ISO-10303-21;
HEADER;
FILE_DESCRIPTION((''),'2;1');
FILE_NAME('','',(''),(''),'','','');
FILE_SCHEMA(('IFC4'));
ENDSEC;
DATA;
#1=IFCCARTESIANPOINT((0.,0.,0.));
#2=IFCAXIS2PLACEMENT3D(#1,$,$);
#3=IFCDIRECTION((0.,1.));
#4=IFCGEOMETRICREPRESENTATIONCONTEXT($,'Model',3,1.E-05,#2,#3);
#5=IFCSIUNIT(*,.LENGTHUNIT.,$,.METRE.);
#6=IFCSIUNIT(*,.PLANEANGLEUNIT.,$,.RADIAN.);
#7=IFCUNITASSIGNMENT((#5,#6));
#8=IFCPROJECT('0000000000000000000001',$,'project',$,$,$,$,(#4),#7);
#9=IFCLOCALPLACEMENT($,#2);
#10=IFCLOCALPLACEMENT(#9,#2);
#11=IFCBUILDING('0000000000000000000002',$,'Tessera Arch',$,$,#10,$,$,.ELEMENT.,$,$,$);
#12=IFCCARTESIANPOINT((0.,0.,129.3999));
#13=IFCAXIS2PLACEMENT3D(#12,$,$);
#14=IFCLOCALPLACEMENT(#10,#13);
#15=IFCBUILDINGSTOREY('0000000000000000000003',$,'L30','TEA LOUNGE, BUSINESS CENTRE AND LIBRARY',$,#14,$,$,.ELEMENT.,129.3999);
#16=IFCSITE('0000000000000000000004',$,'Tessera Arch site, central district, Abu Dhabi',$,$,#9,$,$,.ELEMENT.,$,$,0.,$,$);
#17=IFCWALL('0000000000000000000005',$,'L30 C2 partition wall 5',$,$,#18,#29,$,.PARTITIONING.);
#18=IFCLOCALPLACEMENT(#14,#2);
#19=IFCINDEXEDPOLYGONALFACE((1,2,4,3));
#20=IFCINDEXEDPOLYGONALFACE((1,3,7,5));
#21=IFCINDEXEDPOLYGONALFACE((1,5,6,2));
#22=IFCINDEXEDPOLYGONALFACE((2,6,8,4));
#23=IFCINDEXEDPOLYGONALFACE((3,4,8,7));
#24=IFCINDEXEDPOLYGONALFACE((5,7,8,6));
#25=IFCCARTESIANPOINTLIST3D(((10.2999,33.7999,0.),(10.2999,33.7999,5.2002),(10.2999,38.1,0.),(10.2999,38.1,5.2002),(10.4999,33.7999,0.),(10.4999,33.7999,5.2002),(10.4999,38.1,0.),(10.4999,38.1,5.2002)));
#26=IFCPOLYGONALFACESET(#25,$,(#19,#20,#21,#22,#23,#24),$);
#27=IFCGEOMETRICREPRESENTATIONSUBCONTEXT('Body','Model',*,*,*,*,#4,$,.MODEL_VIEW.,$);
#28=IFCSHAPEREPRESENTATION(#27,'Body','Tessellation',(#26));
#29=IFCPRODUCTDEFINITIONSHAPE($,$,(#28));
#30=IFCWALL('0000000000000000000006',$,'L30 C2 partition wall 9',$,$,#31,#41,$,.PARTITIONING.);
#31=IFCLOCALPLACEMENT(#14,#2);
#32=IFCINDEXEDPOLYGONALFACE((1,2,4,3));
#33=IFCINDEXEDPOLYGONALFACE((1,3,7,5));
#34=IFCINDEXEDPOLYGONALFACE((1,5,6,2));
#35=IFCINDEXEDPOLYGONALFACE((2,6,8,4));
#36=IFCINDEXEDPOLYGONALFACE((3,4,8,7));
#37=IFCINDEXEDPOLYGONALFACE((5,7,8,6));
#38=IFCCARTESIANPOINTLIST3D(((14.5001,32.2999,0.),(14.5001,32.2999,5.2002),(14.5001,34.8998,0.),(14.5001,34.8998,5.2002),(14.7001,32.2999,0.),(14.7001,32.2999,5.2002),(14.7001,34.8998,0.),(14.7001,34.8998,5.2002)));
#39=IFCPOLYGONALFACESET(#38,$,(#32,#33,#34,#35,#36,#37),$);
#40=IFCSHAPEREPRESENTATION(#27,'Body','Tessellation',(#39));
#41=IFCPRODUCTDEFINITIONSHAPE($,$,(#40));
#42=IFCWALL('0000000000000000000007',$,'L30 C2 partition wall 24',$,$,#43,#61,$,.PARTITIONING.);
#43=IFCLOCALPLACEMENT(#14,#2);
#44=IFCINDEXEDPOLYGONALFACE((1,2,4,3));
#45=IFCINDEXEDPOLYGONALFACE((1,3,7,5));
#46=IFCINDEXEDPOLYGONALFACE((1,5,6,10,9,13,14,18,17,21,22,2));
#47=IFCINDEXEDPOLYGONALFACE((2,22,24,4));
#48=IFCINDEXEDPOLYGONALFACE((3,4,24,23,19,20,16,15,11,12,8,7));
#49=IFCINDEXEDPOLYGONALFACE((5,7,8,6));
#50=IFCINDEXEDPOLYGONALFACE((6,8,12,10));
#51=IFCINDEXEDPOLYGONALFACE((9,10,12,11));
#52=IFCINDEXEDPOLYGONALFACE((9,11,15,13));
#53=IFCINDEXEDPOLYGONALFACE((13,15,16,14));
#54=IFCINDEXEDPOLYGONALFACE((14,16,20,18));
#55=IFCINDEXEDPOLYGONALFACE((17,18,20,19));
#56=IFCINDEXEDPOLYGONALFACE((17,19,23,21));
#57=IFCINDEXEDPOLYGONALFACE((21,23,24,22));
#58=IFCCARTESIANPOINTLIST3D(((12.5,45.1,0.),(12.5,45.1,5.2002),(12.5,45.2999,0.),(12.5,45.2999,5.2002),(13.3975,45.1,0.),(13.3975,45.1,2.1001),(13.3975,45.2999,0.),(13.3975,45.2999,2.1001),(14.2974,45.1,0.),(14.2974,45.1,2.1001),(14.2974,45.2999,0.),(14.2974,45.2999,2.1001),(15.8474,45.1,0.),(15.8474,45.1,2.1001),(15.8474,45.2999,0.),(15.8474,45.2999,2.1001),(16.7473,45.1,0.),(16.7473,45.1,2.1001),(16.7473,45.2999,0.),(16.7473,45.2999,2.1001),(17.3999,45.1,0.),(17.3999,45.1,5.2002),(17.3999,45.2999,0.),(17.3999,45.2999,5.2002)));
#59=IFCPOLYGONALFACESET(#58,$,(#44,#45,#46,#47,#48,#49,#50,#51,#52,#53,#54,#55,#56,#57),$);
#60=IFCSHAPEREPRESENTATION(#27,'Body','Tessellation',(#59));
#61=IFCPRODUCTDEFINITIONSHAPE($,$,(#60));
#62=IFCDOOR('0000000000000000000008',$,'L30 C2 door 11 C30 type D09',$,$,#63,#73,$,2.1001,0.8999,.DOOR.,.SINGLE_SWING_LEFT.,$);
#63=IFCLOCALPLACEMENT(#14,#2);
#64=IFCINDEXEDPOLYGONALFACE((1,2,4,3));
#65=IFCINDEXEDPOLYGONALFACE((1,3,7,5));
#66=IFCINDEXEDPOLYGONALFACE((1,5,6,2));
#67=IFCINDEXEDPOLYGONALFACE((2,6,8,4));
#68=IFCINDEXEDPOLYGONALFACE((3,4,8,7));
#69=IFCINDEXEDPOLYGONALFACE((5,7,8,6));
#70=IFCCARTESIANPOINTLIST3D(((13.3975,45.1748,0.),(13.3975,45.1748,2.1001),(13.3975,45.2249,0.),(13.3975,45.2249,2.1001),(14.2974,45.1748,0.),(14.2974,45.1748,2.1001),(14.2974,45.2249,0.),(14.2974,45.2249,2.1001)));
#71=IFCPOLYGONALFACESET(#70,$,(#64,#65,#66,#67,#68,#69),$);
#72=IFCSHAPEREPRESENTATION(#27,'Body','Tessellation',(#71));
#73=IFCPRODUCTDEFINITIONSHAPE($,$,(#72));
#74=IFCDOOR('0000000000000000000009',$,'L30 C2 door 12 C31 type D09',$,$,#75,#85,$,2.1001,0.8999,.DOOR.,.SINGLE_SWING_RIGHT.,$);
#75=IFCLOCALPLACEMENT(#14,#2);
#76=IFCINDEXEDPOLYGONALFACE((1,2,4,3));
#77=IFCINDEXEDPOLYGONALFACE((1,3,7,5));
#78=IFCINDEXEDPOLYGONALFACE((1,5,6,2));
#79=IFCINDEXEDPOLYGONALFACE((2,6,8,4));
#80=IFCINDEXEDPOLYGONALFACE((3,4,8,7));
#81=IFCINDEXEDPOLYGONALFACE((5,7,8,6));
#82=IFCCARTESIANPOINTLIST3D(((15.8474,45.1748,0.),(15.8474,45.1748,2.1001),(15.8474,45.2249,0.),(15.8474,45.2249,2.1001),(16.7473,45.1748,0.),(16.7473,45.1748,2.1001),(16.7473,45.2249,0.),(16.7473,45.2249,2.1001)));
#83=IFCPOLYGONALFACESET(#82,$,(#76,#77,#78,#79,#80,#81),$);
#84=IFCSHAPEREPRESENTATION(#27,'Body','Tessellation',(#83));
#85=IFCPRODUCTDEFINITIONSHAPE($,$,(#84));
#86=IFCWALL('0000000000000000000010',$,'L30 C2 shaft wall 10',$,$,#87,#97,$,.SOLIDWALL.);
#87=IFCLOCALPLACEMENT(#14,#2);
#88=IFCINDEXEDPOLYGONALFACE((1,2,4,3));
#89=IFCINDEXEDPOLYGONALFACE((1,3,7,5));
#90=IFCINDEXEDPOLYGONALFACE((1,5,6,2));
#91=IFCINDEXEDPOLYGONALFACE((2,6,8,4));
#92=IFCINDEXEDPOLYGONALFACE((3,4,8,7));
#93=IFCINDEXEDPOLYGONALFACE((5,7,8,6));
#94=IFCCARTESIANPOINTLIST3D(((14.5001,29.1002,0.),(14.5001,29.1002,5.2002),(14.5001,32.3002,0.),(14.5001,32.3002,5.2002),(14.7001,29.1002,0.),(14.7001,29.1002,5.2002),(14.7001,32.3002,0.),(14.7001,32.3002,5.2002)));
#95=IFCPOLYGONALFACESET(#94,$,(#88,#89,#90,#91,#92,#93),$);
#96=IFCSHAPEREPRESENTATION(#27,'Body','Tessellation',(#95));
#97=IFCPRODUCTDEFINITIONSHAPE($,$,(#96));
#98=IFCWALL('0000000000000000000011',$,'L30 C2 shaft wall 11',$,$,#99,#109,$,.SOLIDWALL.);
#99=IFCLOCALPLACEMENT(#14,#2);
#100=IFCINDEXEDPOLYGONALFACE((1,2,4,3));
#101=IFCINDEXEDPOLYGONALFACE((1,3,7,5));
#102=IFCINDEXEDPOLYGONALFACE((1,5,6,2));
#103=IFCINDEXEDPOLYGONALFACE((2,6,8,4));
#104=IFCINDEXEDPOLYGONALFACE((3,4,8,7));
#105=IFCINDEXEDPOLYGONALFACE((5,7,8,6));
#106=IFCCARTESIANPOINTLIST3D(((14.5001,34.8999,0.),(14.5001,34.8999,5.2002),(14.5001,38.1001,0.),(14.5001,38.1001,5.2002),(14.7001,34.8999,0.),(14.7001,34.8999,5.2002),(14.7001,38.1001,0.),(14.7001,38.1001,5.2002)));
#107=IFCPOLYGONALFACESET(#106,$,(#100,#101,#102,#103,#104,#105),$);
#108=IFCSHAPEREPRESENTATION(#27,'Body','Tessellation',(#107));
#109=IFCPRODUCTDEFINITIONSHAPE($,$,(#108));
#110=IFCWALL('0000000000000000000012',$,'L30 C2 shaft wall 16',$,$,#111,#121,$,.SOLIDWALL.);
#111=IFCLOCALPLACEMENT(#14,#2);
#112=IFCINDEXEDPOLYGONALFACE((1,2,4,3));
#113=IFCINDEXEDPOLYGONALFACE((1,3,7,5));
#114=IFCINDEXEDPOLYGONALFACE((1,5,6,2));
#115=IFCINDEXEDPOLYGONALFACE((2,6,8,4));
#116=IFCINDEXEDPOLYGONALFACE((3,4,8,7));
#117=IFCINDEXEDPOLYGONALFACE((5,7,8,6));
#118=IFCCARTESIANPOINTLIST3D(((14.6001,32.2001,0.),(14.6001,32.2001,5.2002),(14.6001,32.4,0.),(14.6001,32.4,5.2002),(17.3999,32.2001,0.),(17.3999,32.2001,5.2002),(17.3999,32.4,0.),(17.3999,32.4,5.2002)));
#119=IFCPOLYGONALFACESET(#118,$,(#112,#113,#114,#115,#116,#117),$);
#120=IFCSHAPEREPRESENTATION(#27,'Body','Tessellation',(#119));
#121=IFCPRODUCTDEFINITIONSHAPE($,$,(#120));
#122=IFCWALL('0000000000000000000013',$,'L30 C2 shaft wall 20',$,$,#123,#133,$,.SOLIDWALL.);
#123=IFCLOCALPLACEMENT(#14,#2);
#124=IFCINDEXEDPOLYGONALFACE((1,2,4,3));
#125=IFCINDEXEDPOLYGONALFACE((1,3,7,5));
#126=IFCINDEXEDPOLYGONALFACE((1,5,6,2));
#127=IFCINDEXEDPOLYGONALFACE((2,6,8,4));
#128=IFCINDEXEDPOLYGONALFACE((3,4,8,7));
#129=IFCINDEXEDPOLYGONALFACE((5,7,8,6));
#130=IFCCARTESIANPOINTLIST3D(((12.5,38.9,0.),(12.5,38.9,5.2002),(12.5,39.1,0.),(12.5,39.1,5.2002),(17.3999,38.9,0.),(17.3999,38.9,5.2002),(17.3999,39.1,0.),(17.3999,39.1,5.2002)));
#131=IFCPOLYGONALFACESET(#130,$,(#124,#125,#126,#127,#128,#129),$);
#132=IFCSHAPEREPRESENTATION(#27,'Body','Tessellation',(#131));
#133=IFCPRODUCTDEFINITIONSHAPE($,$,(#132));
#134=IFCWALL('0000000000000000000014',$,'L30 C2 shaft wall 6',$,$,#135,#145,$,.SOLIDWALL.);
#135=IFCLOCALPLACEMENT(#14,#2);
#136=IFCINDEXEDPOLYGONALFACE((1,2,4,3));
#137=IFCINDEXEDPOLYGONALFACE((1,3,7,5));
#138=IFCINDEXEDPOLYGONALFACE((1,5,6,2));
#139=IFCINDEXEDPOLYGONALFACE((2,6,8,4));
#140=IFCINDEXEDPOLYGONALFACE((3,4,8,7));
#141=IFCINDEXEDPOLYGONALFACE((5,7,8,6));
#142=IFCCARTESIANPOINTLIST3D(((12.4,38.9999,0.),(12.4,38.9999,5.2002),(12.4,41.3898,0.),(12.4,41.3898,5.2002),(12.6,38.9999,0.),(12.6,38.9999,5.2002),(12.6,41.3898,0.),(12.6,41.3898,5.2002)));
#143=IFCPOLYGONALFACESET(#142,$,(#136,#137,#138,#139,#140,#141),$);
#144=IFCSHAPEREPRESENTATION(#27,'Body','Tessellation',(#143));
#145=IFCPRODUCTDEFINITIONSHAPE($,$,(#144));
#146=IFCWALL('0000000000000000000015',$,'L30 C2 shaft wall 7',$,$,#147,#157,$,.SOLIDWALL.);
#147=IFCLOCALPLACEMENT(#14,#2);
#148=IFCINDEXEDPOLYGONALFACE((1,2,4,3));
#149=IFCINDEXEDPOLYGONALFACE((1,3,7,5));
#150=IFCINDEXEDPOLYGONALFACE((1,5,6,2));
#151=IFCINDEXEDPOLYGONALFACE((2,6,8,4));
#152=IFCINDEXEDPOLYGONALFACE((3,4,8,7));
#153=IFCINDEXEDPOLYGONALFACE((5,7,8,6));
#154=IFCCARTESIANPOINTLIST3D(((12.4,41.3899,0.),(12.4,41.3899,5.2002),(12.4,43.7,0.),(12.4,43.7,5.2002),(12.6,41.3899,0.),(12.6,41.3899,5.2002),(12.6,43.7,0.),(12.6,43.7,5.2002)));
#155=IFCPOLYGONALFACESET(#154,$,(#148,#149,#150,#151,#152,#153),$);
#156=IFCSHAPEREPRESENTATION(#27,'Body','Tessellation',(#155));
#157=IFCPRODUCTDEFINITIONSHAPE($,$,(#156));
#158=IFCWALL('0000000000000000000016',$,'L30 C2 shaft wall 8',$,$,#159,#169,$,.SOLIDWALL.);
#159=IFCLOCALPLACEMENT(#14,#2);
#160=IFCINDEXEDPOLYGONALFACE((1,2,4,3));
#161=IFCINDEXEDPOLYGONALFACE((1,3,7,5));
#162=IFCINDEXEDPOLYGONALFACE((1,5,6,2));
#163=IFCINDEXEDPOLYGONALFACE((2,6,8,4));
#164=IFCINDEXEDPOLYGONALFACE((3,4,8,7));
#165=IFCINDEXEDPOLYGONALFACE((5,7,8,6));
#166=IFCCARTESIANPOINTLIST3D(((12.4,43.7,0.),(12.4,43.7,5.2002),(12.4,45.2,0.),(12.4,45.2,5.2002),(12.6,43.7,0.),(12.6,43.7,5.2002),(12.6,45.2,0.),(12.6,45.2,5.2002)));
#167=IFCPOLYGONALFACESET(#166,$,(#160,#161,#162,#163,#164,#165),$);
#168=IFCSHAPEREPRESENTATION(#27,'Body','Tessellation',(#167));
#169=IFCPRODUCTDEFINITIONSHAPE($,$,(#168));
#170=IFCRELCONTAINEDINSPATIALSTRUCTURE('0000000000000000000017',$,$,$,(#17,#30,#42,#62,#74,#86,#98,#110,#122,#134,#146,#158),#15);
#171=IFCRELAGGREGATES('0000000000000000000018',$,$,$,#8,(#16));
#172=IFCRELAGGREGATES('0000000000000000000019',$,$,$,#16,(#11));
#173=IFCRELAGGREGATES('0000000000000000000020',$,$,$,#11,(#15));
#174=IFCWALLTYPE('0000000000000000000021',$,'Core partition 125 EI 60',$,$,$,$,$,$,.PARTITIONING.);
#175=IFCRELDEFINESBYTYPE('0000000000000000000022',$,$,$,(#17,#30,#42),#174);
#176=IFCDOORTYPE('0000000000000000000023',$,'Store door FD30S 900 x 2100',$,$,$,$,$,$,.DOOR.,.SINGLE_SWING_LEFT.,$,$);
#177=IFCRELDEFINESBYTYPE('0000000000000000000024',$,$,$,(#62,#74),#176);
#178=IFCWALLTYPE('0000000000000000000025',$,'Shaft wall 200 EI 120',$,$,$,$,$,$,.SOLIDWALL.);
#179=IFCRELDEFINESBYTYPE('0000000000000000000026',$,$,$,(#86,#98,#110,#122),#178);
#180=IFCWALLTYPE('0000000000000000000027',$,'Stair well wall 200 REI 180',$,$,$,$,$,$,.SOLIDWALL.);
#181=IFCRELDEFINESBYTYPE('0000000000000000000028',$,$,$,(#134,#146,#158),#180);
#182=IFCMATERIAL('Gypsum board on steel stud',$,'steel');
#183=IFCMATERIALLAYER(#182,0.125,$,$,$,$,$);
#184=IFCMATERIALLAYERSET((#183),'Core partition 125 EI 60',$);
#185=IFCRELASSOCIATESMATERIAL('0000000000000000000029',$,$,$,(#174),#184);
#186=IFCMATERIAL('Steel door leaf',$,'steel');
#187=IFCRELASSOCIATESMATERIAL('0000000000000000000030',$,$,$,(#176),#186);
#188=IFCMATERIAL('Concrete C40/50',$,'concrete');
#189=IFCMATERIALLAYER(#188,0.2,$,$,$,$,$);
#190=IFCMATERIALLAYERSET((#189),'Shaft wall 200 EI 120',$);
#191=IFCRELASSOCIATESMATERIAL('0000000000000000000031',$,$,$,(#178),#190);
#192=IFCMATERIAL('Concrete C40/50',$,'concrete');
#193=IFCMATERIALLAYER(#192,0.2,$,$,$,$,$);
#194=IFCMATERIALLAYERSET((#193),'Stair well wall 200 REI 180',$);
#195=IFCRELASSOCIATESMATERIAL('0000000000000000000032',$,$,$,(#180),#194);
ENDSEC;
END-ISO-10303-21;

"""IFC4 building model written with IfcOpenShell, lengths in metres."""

from ifc_helpers import new_model, si_unit, direction, frame, frame_2d, origin, place, context, subcontext, project, spatial, rectangle, extrude, material, layer, layer_set, type_object, element, fill, save


model = new_model("IFC4")

# Units and contexts
model_context = context("Model", 3, precision=1e-05, world=origin(), true_north=direction((0.0, 1.0)))
body_context = subcontext(model_context, "Body", "Model", "MODEL_VIEW")
ifc_project = project(units=[si_unit("LENGTHUNIT", "METRE"), si_unit("PLANEANGLEUNIT", "RADIAN")], contexts=[model_context])

# Site, building, storey
site_placement = place(None, origin())
site = spatial("IfcSite", under=ifc_project, at=site_placement, Name="Tessera Arch site, central district, Abu Dhabi", CompositionType="ELEMENT", RefElevation=0.0)
building_placement = place(site_placement, origin())
building = spatial("IfcBuilding", under=site, at=building_placement, Name="Tessera Arch", CompositionType="ELEMENT")
storey_placement = place(building_placement, frame((0.0, 0.0, 129.3999)))
storey = spatial("IfcBuildingStorey", under=building, at=storey_placement, Name="L30", Description="TEA LOUNGE, BUSINESS CENTRE AND LIBRARY", CompositionType="ELEMENT", Elevation=129.3999)

# Walls
ifc_material_1 = material(Name="Gypsum board on steel stud", Category="steel")
ifc_layer_1 = layer(ifc_material_1, 0.125)
ifc_layer_set_1 = layer_set([ifc_layer_1], Name="Core partition 125 EI 60")
wall_type_1 = type_object("IfcWallType", Name="Core partition 125 EI 60", PredefinedType="PARTITIONING", material=ifc_layer_set_1)
wall_1_placement = place(storey_placement, frame((10.3999, 33.8, 0.0), z_axis=(0.0, 0.0, 1.0), x_axis=(0.0, 1.0, 0.0)))
element("IfcWall", 1, at=wall_1_placement, inside=storey, type_object=wall_type_1, Name="L30 C2 partition wall 5", PredefinedType="PARTITIONING", context=body_context, shape_type="SweptSolid", body=[
    extrude(rectangle(XDim=4.3, YDim=0.2, at=frame_2d((2.1499, 0.0))), origin(), (0.0, 0.0, 1.0), 5.2002),
])
wall_2_placement = place(storey_placement, frame((14.6001, 32.3, 0.0), z_axis=(0.0, 0.0, 1.0), x_axis=(0.0, 1.0, 0.0)))
element("IfcWall", 2, at=wall_2_placement, inside=storey, type_object=wall_type_1, Name="L30 C2 partition wall 9", PredefinedType="PARTITIONING", context=body_context, shape_type="SweptSolid", body=[
    extrude(rectangle(XDim=2.5999, YDim=0.2, at=frame_2d((1.2998, 0.0))), origin(), (0.0, 0.0, 1.0), 5.2002),
])

# Wall, openings, doors
wall_3_placement = place(storey_placement, frame((12.5, 45.2, 0.0), z_axis=(0.0, 0.0, 1.0), x_axis=(1.0, 0.0, 0.0)))
wall_3 = element("IfcWall", 3, at=wall_3_placement, inside=storey, type_object=wall_type_1, Name="L30 C2 partition wall 24", PredefinedType="PARTITIONING", context=body_context, shape_type="SweptSolid", body=[
    extrude(rectangle(XDim=4.8999, YDim=0.2, at=frame_2d((2.45, 0.0))), origin(), (0.0, 0.0, 1.0), 5.2002),
])
opening_1_placement = place(wall_3_placement, frame((0.8975, 0.0, 0.0)))
opening_1 = element("IfcOpeningElement", 4, at=opening_1_placement, cuts=wall_3, PredefinedType="OPENING", context=body_context, shape_type="SweptSolid", body=[
    extrude(rectangle(XDim=0.8999, YDim=2.1001, at=frame_2d((0.45, 1.05))), frame((0.0, 0.1099, 0.0), z_axis=(0.0, -1.0, 0.0), x_axis=(1.0, 0.0, 0.0)), (0.0, 0.0, 1.0), 0.22),
])
opening_2_placement = place(wall_3_placement, frame((3.3474, 0.0, 0.0)))
opening_2 = element("IfcOpeningElement", 5, at=opening_2_placement, cuts=wall_3, PredefinedType="OPENING", context=body_context, shape_type="SweptSolid", body=[
    extrude(rectangle(XDim=0.8999, YDim=2.1001, at=frame_2d((0.45, 1.05))), frame((0.0, 0.1099, 0.0), z_axis=(0.0, -1.0, 0.0), x_axis=(1.0, 0.0, 0.0)), (0.0, 0.0, 1.0), 0.22),
])
ifc_material_2 = material(Name="Steel door leaf", Category="steel")
door_type = type_object("IfcDoorType", Name="Store door FD30S 900 x 2100", OperationType="SINGLE_SWING_LEFT", PredefinedType="DOOR", material=ifc_material_2)
door_1_placement = place(opening_1_placement, origin())
door_1 = element("IfcDoor", 6, at=door_1_placement, inside=storey, type_object=door_type, Name="L30 C2 door 11 C30 type D09", OperationType="SINGLE_SWING_LEFT", OverallHeight=2.1001, OverallWidth=0.8999, PredefinedType="DOOR", context=body_context, shape_type="SweptSolid", body=[
    extrude(rectangle(XDim=0.8999, YDim=2.1001, at=frame_2d((0.45, 1.05))), frame((0.0, 0.0249, 0.0), z_axis=(0.0, -1.0, 0.0), x_axis=(1.0, 0.0, 0.0)), (0.0, 0.0, 1.0), 0.05),
])
fill(opening_1, door_1)
door_2_placement = place(opening_2_placement, origin())
door_2 = element("IfcDoor", 7, at=door_2_placement, inside=storey, type_object=door_type, Name="L30 C2 door 12 C31 type D09", OperationType="SINGLE_SWING_RIGHT", OverallHeight=2.1001, OverallWidth=0.8999, PredefinedType="DOOR", context=body_context, shape_type="SweptSolid", body=[
    extrude(rectangle(XDim=0.8999, YDim=2.1001, at=frame_2d((0.45, 1.05))), frame((0.0, 0.0249, 0.0), z_axis=(0.0, -1.0, 0.0), x_axis=(1.0, 0.0, 0.0)), (0.0, 0.0, 1.0), 0.05),
])
fill(opening_2, door_2)

# Walls
ifc_material_3 = material(Name="Concrete C40/50", Category="concrete")
ifc_layer_2 = layer(ifc_material_3, 0.2)
ifc_layer_set_2 = layer_set([ifc_layer_2], Name="Shaft wall 200 EI 120")
wall_type_2 = type_object("IfcWallType", Name="Shaft wall 200 EI 120", PredefinedType="SOLIDWALL", material=ifc_layer_set_2)
wall_4_placement = place(storey_placement, frame((14.6001, 29.1001, 0.0), z_axis=(0.0, 0.0, 1.0), x_axis=(0.0, 1.0, 0.0)))
element("IfcWall", 8, at=wall_4_placement, inside=storey, type_object=wall_type_2, Name="L30 C2 shaft wall 10", PredefinedType="SOLIDWALL", context=body_context, shape_type="SweptSolid", body=[
    extrude(rectangle(XDim=3.2, YDim=0.2, at=frame_2d((1.6001, 0.0))), origin(), (0.0, 0.0, 1.0), 5.2002),
])
wall_5_placement = place(storey_placement, frame((14.6001, 34.8999, 0.0), z_axis=(0.0, 0.0, 1.0), x_axis=(0.0, 1.0, 0.0)))
element("IfcWall", 9, at=wall_5_placement, inside=storey, type_object=wall_type_2, Name="L30 C2 shaft wall 11", PredefinedType="SOLIDWALL", context=body_context, shape_type="SweptSolid", body=[
    extrude(rectangle(XDim=3.2002, YDim=0.2, at=frame_2d((1.6001, 0.0))), origin(), (0.0, 0.0, 1.0), 5.2002),
])
wall_6_placement = place(storey_placement, frame((14.6001, 32.3, 0.0), z_axis=(0.0, 0.0, 1.0), x_axis=(1.0, 0.0, 0.0)))
element("IfcWall", 10, at=wall_6_placement, inside=storey, type_object=wall_type_2, Name="L30 C2 shaft wall 16", PredefinedType="SOLIDWALL", context=body_context, shape_type="SweptSolid", body=[
    extrude(rectangle(XDim=2.7998, YDim=0.2, at=frame_2d((1.3999, 0.0))), origin(), (0.0, 0.0, 1.0), 5.2002),
])
wall_7_placement = place(storey_placement, frame((12.5, 39.0, 0.0), z_axis=(0.0, 0.0, 1.0), x_axis=(1.0, 0.0, 0.0)))
element("IfcWall", 11, at=wall_7_placement, inside=storey, type_object=wall_type_2, Name="L30 C2 shaft wall 20", PredefinedType="SOLIDWALL", context=body_context, shape_type="SweptSolid", body=[
    extrude(rectangle(XDim=4.8999, YDim=0.2, at=frame_2d((2.45, 0.0))), origin(), (0.0, 0.0, 1.0), 5.2002),
])
ifc_material_4 = material(Name="Concrete C40/50", Category="concrete")
ifc_layer_3 = layer(ifc_material_4, 0.2)
ifc_layer_set_3 = layer_set([ifc_layer_3], Name="Stair well wall 200 REI 180")
wall_type_3 = type_object("IfcWallType", Name="Stair well wall 200 REI 180", PredefinedType="SOLIDWALL", material=ifc_layer_set_3)
wall_8_placement = place(storey_placement, frame((12.5, 39.0, 0.0), z_axis=(0.0, 0.0, 1.0), x_axis=(0.0, 1.0, 0.0)))
element("IfcWall", 12, at=wall_8_placement, inside=storey, type_object=wall_type_3, Name="L30 C2 shaft wall 6", PredefinedType="SOLIDWALL", context=body_context, shape_type="SweptSolid", body=[
    extrude(rectangle(XDim=2.3899, YDim=0.2, at=frame_2d((1.1948, 0.0))), origin(), (0.0, 0.0, 1.0), 5.2002),
])
wall_9_placement = place(storey_placement, frame((12.5, 41.3899, 0.0), z_axis=(0.0, 0.0, 1.0), x_axis=(0.0, 1.0, 0.0)))
element("IfcWall", 13, at=wall_9_placement, inside=storey, type_object=wall_type_3, Name="L30 C2 shaft wall 7", PredefinedType="SOLIDWALL", context=body_context, shape_type="SweptSolid", body=[
    extrude(rectangle(XDim=2.3101, YDim=0.2, at=frame_2d((1.155, 0.0))), origin(), (0.0, 0.0, 1.0), 5.2002),
])
wall_10_placement = place(storey_placement, frame((12.5, 43.7, 0.0), z_axis=(0.0, 0.0, 1.0), x_axis=(0.0, 1.0, 0.0)))
element("IfcWall", 14, at=wall_10_placement, inside=storey, type_object=wall_type_3, Name="L30 C2 shaft wall 8", PredefinedType="SOLIDWALL", context=body_context, shape_type="SweptSolid", body=[
    extrude(rectangle(XDim=1.5, YDim=0.2, at=frame_2d((0.75, 0.0))), origin(), (0.0, 0.0, 1.0), 5.2002),
])

save(model, "model.ifc")
